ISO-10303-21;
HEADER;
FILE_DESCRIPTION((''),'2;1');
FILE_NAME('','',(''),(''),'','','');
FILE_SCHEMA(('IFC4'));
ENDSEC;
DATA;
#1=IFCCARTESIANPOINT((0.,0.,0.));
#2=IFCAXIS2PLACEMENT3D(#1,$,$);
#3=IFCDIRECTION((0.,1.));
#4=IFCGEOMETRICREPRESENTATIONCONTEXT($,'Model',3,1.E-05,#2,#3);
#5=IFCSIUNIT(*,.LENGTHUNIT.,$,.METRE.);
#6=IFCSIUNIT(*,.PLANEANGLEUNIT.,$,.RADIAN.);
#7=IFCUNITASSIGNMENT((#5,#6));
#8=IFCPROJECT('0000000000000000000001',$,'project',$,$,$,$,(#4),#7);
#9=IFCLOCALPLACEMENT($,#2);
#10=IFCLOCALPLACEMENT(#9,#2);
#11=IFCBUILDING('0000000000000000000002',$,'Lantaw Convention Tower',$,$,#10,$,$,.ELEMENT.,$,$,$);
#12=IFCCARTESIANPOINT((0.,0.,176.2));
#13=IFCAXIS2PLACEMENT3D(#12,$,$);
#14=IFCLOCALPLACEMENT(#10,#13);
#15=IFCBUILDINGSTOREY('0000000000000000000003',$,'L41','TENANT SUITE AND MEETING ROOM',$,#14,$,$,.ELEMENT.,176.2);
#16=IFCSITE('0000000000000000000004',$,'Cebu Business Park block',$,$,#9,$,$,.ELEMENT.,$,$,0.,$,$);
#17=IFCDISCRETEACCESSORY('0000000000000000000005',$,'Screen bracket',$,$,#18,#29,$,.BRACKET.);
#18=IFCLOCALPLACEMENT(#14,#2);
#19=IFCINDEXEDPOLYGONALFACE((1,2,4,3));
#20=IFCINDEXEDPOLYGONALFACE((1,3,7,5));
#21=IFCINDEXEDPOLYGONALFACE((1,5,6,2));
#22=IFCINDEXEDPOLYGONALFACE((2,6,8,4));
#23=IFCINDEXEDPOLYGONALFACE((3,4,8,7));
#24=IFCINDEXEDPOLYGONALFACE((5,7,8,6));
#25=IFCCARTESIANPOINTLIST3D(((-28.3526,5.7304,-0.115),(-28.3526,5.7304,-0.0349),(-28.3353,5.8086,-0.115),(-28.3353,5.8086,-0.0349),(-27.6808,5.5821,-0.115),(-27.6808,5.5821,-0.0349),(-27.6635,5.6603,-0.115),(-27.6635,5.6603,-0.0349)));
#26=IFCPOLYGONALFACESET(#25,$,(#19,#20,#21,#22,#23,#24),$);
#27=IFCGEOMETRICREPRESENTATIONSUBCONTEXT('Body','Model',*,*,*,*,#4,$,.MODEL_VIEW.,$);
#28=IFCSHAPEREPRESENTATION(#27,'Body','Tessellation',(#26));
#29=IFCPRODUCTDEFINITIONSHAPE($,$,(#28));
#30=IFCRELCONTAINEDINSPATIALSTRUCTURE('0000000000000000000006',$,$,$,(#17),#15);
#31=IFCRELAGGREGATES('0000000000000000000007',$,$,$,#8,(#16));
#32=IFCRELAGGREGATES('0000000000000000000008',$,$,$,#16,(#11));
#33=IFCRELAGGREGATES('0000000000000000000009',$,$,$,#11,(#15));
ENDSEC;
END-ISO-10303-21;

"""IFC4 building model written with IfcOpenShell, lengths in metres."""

from ifc_helpers import new_model, si_unit, direction, frame, origin, origin_2d, place, context, subcontext, project, spatial, rectangle, extrude, element, save


model = new_model("IFC4")

# Units and contexts
model_context = context("Model", 3, precision=1e-05, world=origin(), true_north=direction((0.0, 1.0)))
body_context = subcontext(model_context, "Body", "Model", "MODEL_VIEW")
ifc_project = project(units=[si_unit("LENGTHUNIT", "METRE"), si_unit("PLANEANGLEUNIT", "RADIAN")], contexts=[model_context])

# Site, building, storey
site_placement = place(None, origin())
site = spatial("IfcSite", under=ifc_project, at=site_placement, Name="Cebu Business Park block", CompositionType="ELEMENT", RefElevation=0.0)
building_placement = place(site_placement, origin())
building = spatial("IfcBuilding", under=site, at=building_placement, Name="Lantaw Convention Tower", CompositionType="ELEMENT")
storey_placement = place(building_placement, frame((0.0, 0.0, 176.2)))
storey = spatial("IfcBuildingStorey", under=building, at=storey_placement, Name="L41", Description="TENANT SUITE AND MEETING ROOM", CompositionType="ELEMENT", Elevation=176.2)

# Discrete accessory
discrete_accessory_placement = place(storey_placement, frame((-28.0081, 5.6953, -0.115), z_axis=(0.0, 0.0, 1.0), x_axis=(-0.215546, -0.976494, 0.0)))
element("IfcDiscreteAccessory", 1, at=discrete_accessory_placement, inside=storey, Name="Screen bracket", PredefinedType="BRACKET", context=body_context, shape_type="SweptSolid", body=[
    extrude(rectangle(XDim=0.0801, YDim=0.688, at=origin_2d()), origin(), (0.0, 0.0, 1.0), 0.0801),
])

save(model, "model.ifc")
